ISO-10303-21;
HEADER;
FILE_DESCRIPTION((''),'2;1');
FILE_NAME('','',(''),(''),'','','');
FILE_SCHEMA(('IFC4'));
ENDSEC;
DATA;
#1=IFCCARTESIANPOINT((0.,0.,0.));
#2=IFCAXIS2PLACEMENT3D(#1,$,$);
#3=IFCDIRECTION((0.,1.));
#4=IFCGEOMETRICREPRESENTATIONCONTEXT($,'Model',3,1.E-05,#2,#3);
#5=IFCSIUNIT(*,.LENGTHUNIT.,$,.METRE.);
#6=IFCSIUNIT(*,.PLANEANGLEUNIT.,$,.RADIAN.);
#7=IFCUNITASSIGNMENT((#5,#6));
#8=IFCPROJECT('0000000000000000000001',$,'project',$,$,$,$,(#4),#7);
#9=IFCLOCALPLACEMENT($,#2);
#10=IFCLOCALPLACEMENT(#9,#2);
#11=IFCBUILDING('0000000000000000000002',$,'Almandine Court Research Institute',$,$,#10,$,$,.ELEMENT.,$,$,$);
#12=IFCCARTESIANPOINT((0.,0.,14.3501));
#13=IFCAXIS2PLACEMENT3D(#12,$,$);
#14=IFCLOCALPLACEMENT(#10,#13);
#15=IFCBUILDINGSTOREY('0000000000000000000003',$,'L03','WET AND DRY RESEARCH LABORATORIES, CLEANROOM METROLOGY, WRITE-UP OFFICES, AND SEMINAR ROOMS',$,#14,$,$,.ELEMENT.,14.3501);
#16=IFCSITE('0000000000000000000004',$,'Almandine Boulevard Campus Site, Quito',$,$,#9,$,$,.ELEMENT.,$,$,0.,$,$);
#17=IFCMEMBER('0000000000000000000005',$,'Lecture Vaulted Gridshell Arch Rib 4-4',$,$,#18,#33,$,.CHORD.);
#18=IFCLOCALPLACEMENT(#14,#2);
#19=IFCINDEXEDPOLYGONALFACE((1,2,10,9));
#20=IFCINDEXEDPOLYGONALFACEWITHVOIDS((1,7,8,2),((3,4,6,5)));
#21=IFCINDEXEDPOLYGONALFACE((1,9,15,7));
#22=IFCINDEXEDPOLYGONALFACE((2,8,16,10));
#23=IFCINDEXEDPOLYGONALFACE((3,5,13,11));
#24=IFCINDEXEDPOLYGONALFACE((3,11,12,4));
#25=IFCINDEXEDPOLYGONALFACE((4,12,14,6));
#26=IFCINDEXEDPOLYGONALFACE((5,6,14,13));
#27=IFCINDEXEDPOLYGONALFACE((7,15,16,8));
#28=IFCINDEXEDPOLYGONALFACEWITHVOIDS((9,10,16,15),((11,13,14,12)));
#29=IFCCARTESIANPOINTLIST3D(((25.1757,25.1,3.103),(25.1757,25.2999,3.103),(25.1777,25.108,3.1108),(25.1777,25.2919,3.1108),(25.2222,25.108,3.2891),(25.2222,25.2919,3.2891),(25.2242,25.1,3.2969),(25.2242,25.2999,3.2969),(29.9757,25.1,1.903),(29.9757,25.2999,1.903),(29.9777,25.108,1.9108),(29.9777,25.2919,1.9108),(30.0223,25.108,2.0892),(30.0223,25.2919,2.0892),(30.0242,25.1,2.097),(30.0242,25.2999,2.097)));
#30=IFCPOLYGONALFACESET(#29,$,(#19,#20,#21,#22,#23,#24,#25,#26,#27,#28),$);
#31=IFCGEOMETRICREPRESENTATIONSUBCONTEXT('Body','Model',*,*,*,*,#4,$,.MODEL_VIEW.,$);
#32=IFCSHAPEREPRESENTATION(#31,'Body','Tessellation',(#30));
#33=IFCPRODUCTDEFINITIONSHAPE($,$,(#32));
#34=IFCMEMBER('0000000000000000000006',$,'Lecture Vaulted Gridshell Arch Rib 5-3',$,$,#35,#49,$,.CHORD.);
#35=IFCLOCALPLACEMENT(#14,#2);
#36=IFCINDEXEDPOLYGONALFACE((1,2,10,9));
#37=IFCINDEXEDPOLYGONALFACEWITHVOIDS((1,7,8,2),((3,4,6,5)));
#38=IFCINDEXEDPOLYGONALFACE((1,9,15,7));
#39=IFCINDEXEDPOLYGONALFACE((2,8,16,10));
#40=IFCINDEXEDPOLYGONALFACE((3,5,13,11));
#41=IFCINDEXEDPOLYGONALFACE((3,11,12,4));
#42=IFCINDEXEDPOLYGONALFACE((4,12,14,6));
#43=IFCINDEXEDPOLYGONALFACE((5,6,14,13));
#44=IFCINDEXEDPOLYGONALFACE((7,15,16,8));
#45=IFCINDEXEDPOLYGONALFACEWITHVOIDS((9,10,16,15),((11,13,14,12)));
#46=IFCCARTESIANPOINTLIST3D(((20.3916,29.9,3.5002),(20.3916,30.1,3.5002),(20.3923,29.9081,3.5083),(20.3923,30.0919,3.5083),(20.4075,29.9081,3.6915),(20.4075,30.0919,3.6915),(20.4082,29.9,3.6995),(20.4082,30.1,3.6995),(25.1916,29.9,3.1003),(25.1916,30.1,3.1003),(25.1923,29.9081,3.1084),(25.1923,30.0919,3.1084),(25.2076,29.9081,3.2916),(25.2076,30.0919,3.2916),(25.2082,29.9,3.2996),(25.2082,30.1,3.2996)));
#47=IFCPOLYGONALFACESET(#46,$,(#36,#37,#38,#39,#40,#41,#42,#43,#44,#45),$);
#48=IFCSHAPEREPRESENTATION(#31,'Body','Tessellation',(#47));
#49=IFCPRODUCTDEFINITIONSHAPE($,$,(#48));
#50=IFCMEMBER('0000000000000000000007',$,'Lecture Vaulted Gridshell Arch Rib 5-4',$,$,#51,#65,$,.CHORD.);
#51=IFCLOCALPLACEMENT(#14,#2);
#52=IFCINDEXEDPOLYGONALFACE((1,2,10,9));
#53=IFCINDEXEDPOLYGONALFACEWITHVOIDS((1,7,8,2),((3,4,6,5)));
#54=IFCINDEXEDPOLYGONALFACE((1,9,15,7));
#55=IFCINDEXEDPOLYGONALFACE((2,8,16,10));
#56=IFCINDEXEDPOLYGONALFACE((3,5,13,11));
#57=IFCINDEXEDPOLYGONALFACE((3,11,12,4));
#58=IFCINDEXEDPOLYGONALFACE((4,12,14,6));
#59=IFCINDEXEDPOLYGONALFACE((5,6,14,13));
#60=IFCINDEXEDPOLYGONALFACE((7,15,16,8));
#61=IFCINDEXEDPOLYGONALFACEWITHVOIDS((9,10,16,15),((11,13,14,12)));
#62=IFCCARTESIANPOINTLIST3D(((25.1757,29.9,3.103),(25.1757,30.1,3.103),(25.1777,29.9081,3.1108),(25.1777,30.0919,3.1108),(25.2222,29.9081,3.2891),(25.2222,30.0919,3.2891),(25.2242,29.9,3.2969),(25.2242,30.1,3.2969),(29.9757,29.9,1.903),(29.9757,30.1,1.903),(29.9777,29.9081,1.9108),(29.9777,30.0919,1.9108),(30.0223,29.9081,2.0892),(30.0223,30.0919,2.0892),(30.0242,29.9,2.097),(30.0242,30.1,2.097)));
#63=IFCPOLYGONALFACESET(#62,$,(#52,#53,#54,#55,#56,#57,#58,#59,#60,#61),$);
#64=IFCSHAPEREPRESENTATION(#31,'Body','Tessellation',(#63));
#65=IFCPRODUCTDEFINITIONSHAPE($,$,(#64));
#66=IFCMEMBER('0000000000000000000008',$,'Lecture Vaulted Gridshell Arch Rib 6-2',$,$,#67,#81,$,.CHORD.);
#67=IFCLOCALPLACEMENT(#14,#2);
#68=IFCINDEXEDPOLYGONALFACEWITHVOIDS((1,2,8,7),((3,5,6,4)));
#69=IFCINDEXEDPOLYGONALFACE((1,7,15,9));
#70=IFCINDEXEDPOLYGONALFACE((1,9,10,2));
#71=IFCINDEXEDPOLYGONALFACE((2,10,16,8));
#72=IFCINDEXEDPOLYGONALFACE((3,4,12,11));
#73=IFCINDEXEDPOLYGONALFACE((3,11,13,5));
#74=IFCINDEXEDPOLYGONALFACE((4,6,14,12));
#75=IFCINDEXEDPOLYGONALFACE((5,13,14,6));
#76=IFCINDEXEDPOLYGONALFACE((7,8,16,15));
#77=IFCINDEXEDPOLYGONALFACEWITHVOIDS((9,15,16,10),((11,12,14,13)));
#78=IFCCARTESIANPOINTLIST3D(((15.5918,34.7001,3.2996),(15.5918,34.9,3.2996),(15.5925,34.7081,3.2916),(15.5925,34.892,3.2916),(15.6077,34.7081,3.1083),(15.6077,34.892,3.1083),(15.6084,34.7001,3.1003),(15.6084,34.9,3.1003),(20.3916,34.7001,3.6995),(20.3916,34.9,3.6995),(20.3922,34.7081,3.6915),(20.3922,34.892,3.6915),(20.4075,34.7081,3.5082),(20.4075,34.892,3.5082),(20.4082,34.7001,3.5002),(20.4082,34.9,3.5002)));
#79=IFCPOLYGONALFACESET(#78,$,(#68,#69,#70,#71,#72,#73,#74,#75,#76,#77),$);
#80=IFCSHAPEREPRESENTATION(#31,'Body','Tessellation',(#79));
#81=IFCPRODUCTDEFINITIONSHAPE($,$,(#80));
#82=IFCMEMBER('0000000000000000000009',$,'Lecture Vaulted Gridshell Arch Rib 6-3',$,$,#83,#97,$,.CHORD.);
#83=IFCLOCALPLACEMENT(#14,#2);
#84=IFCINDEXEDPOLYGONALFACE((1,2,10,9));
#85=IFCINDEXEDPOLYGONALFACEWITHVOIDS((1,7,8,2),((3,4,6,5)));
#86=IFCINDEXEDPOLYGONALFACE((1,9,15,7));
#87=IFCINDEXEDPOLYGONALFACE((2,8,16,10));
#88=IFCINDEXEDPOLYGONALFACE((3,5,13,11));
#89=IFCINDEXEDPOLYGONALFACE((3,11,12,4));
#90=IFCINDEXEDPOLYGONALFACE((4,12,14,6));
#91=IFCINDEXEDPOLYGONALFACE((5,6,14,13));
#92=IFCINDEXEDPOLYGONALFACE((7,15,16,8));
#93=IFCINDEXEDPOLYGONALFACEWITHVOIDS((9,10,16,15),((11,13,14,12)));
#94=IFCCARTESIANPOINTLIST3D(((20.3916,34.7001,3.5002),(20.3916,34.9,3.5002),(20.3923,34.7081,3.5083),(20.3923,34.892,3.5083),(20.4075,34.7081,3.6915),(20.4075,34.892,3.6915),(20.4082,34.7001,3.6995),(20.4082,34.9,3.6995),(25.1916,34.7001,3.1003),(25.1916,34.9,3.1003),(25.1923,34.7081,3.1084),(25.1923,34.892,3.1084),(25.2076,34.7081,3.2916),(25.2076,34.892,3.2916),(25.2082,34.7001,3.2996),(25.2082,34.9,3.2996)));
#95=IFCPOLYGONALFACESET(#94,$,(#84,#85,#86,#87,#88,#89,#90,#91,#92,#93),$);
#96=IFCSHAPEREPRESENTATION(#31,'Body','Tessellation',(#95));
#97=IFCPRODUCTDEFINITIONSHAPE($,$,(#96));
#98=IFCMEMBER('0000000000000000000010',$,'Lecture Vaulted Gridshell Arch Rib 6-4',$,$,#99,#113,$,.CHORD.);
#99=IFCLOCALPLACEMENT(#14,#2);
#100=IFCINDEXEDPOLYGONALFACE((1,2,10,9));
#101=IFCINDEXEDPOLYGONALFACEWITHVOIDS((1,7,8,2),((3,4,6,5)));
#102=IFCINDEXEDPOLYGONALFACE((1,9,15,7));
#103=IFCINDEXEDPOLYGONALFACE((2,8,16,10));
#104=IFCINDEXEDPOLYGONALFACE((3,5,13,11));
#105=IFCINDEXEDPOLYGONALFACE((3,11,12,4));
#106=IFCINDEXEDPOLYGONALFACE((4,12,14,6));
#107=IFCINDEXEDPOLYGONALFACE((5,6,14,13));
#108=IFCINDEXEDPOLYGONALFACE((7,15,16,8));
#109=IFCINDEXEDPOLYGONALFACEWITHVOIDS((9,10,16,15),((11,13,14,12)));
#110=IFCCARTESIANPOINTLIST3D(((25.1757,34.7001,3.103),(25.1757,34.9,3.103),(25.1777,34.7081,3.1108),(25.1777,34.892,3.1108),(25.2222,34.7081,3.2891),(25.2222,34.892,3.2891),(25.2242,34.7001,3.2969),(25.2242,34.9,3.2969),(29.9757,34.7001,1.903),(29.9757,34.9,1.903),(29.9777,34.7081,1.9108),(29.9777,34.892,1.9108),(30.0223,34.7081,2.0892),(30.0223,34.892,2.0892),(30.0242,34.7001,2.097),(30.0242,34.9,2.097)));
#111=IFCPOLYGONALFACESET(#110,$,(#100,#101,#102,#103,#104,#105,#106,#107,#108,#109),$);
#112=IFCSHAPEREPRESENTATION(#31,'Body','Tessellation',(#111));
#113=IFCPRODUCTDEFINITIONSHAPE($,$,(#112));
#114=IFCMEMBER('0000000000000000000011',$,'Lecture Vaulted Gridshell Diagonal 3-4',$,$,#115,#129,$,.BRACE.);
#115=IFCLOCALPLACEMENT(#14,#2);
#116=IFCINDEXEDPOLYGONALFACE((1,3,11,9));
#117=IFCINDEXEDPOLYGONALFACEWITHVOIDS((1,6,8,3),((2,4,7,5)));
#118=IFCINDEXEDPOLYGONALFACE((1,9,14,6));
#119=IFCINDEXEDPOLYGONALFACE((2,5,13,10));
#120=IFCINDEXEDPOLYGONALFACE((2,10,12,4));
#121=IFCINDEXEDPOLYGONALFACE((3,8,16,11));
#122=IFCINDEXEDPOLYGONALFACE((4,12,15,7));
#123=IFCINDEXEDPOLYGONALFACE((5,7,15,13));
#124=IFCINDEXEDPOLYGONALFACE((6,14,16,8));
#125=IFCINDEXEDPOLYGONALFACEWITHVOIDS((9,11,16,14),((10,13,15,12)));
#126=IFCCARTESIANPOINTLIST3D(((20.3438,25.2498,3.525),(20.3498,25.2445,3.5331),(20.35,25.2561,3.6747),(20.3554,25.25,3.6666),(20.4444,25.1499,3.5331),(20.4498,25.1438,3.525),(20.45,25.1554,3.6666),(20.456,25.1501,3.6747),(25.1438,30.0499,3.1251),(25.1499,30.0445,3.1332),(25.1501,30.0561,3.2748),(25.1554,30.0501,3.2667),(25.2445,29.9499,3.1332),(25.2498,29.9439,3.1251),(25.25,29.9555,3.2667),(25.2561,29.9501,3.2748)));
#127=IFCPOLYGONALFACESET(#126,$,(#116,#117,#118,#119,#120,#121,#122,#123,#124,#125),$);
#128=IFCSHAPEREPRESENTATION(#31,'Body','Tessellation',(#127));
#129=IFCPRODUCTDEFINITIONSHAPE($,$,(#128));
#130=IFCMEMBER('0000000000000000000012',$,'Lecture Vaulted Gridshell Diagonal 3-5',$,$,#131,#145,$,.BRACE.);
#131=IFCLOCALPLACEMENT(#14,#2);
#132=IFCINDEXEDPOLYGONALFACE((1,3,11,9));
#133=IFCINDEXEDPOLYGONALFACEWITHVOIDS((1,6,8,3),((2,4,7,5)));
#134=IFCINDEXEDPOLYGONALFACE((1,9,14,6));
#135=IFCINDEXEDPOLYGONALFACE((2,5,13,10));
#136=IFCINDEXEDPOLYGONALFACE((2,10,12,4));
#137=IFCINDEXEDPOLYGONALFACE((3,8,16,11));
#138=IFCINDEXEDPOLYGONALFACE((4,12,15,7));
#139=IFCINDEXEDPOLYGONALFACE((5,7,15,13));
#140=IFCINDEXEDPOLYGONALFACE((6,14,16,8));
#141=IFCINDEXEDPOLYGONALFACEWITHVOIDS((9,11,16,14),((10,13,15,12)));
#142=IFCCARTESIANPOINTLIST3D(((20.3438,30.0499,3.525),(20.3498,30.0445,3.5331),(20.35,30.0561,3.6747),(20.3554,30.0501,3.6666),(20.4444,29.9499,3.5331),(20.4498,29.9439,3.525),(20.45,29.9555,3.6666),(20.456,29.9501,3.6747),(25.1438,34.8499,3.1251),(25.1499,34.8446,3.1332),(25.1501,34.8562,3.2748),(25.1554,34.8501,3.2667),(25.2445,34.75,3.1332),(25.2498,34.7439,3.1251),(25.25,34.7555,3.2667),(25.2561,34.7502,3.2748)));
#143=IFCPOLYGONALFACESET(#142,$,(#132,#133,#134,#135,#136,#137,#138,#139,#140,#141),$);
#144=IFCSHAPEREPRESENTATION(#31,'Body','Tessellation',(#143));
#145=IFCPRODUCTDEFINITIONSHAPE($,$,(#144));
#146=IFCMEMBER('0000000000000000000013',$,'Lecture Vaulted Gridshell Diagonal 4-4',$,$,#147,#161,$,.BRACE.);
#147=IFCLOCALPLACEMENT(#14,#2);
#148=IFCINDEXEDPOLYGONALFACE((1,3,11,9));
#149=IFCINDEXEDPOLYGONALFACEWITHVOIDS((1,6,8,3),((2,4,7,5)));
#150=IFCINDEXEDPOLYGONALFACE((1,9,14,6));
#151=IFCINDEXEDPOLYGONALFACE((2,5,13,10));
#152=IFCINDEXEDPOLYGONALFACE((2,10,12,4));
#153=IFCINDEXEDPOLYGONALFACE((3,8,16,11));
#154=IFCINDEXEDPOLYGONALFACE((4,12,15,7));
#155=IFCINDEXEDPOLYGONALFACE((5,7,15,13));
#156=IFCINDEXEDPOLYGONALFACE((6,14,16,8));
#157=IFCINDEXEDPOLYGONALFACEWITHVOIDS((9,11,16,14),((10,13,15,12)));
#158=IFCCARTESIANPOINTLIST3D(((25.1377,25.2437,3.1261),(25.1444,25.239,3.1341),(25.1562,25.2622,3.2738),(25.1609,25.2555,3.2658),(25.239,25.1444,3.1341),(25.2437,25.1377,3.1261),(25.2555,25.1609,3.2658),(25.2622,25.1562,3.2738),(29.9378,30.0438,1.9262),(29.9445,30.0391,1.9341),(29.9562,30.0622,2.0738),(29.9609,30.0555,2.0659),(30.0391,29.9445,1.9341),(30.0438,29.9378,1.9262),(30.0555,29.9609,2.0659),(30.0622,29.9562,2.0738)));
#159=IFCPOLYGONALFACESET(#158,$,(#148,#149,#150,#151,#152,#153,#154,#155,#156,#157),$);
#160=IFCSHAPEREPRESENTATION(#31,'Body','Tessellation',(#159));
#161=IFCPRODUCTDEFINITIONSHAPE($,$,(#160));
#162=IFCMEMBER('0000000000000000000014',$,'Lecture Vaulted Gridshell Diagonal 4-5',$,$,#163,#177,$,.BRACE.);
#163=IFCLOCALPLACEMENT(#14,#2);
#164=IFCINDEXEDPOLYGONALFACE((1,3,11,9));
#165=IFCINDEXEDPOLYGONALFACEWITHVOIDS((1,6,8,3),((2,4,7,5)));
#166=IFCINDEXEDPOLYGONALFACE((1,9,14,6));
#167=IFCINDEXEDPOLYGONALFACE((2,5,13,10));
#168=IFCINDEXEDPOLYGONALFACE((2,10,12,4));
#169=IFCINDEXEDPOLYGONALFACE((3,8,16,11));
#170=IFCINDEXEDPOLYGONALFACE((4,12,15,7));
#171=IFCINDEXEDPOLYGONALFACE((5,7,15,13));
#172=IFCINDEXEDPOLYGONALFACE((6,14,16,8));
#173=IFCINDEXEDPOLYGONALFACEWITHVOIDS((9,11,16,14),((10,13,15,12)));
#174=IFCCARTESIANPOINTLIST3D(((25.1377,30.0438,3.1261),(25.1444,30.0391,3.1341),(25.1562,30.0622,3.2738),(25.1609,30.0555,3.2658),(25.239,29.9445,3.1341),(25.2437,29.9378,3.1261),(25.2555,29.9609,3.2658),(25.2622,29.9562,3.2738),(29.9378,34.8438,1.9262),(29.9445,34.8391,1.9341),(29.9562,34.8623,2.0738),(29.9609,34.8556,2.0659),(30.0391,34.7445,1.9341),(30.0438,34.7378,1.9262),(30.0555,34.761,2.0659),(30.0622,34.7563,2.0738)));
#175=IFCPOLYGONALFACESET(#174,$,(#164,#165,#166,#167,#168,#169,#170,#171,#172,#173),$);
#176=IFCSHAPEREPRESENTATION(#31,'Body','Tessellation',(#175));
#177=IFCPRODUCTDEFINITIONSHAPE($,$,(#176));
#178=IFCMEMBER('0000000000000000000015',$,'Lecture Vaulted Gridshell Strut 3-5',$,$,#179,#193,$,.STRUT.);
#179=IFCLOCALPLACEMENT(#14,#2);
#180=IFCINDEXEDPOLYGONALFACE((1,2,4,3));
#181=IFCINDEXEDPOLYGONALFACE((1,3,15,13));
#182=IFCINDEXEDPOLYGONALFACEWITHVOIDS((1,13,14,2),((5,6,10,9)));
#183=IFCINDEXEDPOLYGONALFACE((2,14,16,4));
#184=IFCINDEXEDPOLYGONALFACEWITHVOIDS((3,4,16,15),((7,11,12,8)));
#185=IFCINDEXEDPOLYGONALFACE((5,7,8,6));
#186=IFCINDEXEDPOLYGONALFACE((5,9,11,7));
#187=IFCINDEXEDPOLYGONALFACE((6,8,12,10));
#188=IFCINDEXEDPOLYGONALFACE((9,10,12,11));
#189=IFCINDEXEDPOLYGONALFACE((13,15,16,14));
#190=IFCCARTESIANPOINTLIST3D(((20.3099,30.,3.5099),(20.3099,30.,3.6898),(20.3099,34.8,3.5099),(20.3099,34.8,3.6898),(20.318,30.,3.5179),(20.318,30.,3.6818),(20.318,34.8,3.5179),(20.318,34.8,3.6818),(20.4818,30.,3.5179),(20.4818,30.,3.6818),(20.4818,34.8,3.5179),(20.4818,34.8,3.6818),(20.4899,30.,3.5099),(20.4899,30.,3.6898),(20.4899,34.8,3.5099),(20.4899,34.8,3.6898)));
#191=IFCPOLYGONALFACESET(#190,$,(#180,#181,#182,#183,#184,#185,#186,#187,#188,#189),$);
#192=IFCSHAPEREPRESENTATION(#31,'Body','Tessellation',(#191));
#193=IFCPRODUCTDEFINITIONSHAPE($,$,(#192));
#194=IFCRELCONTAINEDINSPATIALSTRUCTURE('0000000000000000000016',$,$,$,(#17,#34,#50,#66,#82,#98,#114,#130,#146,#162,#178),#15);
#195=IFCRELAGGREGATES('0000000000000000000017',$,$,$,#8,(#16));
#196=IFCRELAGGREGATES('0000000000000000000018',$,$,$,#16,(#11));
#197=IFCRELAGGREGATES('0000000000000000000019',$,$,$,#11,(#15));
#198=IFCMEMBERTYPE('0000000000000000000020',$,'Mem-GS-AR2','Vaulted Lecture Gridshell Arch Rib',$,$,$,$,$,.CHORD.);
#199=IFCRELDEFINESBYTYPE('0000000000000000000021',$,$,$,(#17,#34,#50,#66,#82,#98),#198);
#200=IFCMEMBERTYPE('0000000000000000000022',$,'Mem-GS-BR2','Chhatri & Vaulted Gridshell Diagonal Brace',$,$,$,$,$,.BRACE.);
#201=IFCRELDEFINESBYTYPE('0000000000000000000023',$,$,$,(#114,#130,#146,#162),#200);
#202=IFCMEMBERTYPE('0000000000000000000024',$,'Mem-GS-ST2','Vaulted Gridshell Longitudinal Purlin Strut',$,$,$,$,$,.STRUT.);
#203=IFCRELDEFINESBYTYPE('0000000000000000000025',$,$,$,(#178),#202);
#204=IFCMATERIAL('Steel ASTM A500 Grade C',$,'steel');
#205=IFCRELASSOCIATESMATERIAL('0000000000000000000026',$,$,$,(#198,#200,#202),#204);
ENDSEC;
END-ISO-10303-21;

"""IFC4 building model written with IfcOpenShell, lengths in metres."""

from ifc_helpers import new_model, si_unit, direction, frame, origin, origin_2d, place, context, subcontext, project, spatial, hollow_rectangle, extrude, material, material_profile, profile_set, type_object, element, save


model = new_model("IFC4")

# Units and contexts
model_context = context("Model", 3, precision=1e-05, world=origin(), true_north=direction((0.0, 1.0)))
body_context = subcontext(model_context, "Body", "Model", "MODEL_VIEW")
ifc_project = project(units=[si_unit("LENGTHUNIT", "METRE"), si_unit("PLANEANGLEUNIT", "RADIAN")], contexts=[model_context])

# Site, building, storey
site_placement = place(None, origin())
site = spatial("IfcSite", under=ifc_project, at=site_placement, Name="Almandine Boulevard Campus Site, Quito", CompositionType="ELEMENT", RefElevation=0.0)
building_placement = place(site_placement, origin())
building = spatial("IfcBuilding", under=site, at=building_placement, Name="Almandine Court Research Institute", CompositionType="ELEMENT")
storey_placement = place(building_placement, frame((0.0, 0.0, 14.3501)))
storey = spatial("IfcBuildingStorey", under=building, at=storey_placement, Name="L03", Description="WET AND DRY RESEARCH LABORATORIES, CLEANROOM METROLOGY, WRITE-UP OFFICES, AND SEMINAR ROOMS", CompositionType="ELEMENT", Elevation=14.3501)

# Members
ifc_material_1 = material(Name="Steel ASTM A500 Grade C", Category="steel")
ifc_material_profile_1 = material_profile(ifc_material_1, hollow_rectangle(XDim=0.2, YDim=0.2, WallThickness=0.0081, at=origin_2d()), Name="HSS 200x200x8")
ifc_profile_set_1 = profile_set([ifc_material_profile_1], Name="Steel ASTM A500 Grade C")
member_type_1 = type_object("IfcMemberType", Name="Mem-GS-AR2", Description="Vaulted Lecture Gridshell Arch Rib", PredefinedType="CHORD", material=ifc_profile_set_1)
member_1_placement = place(storey_placement, frame((25.2, 25.2, 3.2), z_axis=(0.970145, 0.0, -0.242524), x_axis=(0.0, 1.0, 0.0)))
element("IfcMember", 1, at=member_1_placement, inside=storey, type_object=member_type_1, Name="Lecture Vaulted Gridshell Arch Rib 4-4", PredefinedType="CHORD", context=body_context, shape_type="SweptSolid", body=[
    extrude(hollow_rectangle(XDim=0.2, YDim=0.2, WallThickness=0.0081, at=origin_2d()), origin(), (0.0, 0.0, 1.0), 4.9478),
])
member_2_placement = place(storey_placement, frame((20.3999, 30.0, 3.5999), z_axis=(0.996548, 0.0, -0.083025), x_axis=(0.0, 1.0, 0.0)))
element("IfcMember", 2, at=member_2_placement, inside=storey, type_object=member_type_1, Name="Lecture Vaulted Gridshell Arch Rib 5-3", PredefinedType="CHORD", context=body_context, shape_type="SweptSolid", body=[
    extrude(hollow_rectangle(XDim=0.2, YDim=0.2, WallThickness=0.0081, at=origin_2d()), origin(), (0.0, 0.0, 1.0), 4.8167),
])
member_3_placement = place(storey_placement, frame((25.2, 30.0, 3.2), z_axis=(0.970145, 0.0, -0.242524), x_axis=(0.0, 1.0, 0.0)))
element("IfcMember", 3, at=member_3_placement, inside=storey, type_object=member_type_1, Name="Lecture Vaulted Gridshell Arch Rib 5-4", PredefinedType="CHORD", context=body_context, shape_type="SweptSolid", body=[
    extrude(hollow_rectangle(XDim=0.2, YDim=0.2, WallThickness=0.0081, at=origin_2d()), origin(), (0.0, 0.0, 1.0), 4.9478),
])
member_4_placement = place(storey_placement, frame((15.6001, 34.8, 3.2), z_axis=(0.996547, 0.0, 0.083029), x_axis=(0.0, 1.0, 0.0)))
element("IfcMember", 4, at=member_4_placement, inside=storey, type_object=member_type_1, Name="Lecture Vaulted Gridshell Arch Rib 6-2", PredefinedType="CHORD", context=body_context, shape_type="SweptSolid", body=[
    extrude(hollow_rectangle(XDim=0.2, YDim=0.2, WallThickness=0.0081, at=origin_2d()), origin(), (0.0, 0.0, 1.0), 4.8164),
])
member_5_placement = place(storey_placement, frame((20.3999, 34.8, 3.5999), z_axis=(0.996548, 0.0, -0.083025), x_axis=(0.0, 1.0, 0.0)))
element("IfcMember", 5, at=member_5_placement, inside=storey, type_object=member_type_1, Name="Lecture Vaulted Gridshell Arch Rib 6-3", PredefinedType="CHORD", context=body_context, shape_type="SweptSolid", body=[
    extrude(hollow_rectangle(XDim=0.2, YDim=0.2, WallThickness=0.0081, at=origin_2d()), origin(), (0.0, 0.0, 1.0), 4.8167),
])
member_6_placement = place(storey_placement, frame((25.2, 34.8, 3.2), z_axis=(0.970145, 0.0, -0.242524), x_axis=(0.0, 1.0, 0.0)))
element("IfcMember", 6, at=member_6_placement, inside=storey, type_object=member_type_1, Name="Lecture Vaulted Gridshell Arch Rib 6-4", PredefinedType="CHORD", context=body_context, shape_type="SweptSolid", body=[
    extrude(hollow_rectangle(XDim=0.2, YDim=0.2, WallThickness=0.0081, at=origin_2d()), origin(), (0.0, 0.0, 1.0), 4.9478),
])
ifc_material_profile_2 = material_profile(ifc_material_1, hollow_rectangle(XDim=0.1499, YDim=0.1499, WallThickness=0.0081, at=origin_2d()), Name="HSS 150x150x8")
ifc_profile_set_2 = profile_set([ifc_material_profile_2], Name="Steel ASTM A500 Grade C")
member_type_2 = type_object("IfcMemberType", Name="Mem-GS-BR2", Description="Chhatri & Vaulted Gridshell Diagonal Brace", PredefinedType="BRACE", material=ifc_profile_set_2)
for number, where, z_axis, x_axis, name in (
    (7, (20.3999, 25.2, 3.5999), (0.705883, 0.705883, -0.058809), (-0.707107, 0.707107, 0.0), "Lecture Vaulted Gridshell Diagonal 3-4"),
    (8, (20.3999, 30.0, 3.5999), (0.705883, 0.705883, -0.058809), (-0.707107, 0.707107, 0.0), "Lecture Vaulted Gridshell Diagonal 3-5"),
):
    element("IfcMember", number, at=place(storey_placement, frame(where, z_axis=z_axis, x_axis=x_axis)), inside=storey, type_object=member_type_2, Name=name, PredefinedType="BRACE", context=body_context, shape_type="SweptSolid", body=[
        extrude(hollow_rectangle(XDim=0.1499, YDim=0.1499, WallThickness=0.0081, at=origin_2d()), origin(), (0.0, 0.0, 1.0), 6.8),
    ])
for number, where, z_axis, x_axis, name in (
    (9, (25.2, 25.2, 3.2), (0.696312, 0.696312, -0.174069), (-0.707107, 0.707107, 0.0), "Lecture Vaulted Gridshell Diagonal 4-4"),
    (10, (25.2, 30.0, 3.2), (0.696312, 0.696312, -0.174069), (-0.707107, 0.707107, 0.0), "Lecture Vaulted Gridshell Diagonal 4-5"),
):
    element("IfcMember", number, at=place(storey_placement, frame(where, z_axis=z_axis, x_axis=x_axis)), inside=storey, type_object=member_type_2, Name=name, PredefinedType="BRACE", context=body_context, shape_type="SweptSolid", body=[
        extrude(hollow_rectangle(XDim=0.1499, YDim=0.1499, WallThickness=0.0081, at=origin_2d()), origin(), (0.0, 0.0, 1.0), 6.8936),
    ])
ifc_material_profile_3 = material_profile(ifc_material_1, hollow_rectangle(XDim=0.1799, YDim=0.1799, WallThickness=0.0081, at=origin_2d()), Name="HSS 180x180x8")
ifc_profile_set_3 = profile_set([ifc_material_profile_3], Name="Steel ASTM A500 Grade C")
member_type_3 = type_object("IfcMemberType", Name="Mem-GS-ST2", Description="Vaulted Gridshell Longitudinal Purlin Strut", PredefinedType="STRUT", material=ifc_profile_set_3)
for number, where, z_axis, x_axis, name in (
    (11, (20.3999, 30.0, 3.5999), (0.0, 1.0, 0.0), (-1.0, 0.0, 0.0), "Lecture Vaulted Gridshell Strut 3-5"),
):
    element("IfcMember", number, at=place(storey_placement, frame(where, z_axis=z_axis, x_axis=x_axis)), inside=storey, type_object=member_type_3, Name=name, PredefinedType="STRUT", context=body_context, shape_type="SweptSolid", body=[
        extrude(hollow_rectangle(XDim=0.1799, YDim=0.1799, WallThickness=0.0081, at=origin_2d()), origin(), (0.0, 0.0, 1.0), 4.8),
    ])

save(model, "model.ifc")
